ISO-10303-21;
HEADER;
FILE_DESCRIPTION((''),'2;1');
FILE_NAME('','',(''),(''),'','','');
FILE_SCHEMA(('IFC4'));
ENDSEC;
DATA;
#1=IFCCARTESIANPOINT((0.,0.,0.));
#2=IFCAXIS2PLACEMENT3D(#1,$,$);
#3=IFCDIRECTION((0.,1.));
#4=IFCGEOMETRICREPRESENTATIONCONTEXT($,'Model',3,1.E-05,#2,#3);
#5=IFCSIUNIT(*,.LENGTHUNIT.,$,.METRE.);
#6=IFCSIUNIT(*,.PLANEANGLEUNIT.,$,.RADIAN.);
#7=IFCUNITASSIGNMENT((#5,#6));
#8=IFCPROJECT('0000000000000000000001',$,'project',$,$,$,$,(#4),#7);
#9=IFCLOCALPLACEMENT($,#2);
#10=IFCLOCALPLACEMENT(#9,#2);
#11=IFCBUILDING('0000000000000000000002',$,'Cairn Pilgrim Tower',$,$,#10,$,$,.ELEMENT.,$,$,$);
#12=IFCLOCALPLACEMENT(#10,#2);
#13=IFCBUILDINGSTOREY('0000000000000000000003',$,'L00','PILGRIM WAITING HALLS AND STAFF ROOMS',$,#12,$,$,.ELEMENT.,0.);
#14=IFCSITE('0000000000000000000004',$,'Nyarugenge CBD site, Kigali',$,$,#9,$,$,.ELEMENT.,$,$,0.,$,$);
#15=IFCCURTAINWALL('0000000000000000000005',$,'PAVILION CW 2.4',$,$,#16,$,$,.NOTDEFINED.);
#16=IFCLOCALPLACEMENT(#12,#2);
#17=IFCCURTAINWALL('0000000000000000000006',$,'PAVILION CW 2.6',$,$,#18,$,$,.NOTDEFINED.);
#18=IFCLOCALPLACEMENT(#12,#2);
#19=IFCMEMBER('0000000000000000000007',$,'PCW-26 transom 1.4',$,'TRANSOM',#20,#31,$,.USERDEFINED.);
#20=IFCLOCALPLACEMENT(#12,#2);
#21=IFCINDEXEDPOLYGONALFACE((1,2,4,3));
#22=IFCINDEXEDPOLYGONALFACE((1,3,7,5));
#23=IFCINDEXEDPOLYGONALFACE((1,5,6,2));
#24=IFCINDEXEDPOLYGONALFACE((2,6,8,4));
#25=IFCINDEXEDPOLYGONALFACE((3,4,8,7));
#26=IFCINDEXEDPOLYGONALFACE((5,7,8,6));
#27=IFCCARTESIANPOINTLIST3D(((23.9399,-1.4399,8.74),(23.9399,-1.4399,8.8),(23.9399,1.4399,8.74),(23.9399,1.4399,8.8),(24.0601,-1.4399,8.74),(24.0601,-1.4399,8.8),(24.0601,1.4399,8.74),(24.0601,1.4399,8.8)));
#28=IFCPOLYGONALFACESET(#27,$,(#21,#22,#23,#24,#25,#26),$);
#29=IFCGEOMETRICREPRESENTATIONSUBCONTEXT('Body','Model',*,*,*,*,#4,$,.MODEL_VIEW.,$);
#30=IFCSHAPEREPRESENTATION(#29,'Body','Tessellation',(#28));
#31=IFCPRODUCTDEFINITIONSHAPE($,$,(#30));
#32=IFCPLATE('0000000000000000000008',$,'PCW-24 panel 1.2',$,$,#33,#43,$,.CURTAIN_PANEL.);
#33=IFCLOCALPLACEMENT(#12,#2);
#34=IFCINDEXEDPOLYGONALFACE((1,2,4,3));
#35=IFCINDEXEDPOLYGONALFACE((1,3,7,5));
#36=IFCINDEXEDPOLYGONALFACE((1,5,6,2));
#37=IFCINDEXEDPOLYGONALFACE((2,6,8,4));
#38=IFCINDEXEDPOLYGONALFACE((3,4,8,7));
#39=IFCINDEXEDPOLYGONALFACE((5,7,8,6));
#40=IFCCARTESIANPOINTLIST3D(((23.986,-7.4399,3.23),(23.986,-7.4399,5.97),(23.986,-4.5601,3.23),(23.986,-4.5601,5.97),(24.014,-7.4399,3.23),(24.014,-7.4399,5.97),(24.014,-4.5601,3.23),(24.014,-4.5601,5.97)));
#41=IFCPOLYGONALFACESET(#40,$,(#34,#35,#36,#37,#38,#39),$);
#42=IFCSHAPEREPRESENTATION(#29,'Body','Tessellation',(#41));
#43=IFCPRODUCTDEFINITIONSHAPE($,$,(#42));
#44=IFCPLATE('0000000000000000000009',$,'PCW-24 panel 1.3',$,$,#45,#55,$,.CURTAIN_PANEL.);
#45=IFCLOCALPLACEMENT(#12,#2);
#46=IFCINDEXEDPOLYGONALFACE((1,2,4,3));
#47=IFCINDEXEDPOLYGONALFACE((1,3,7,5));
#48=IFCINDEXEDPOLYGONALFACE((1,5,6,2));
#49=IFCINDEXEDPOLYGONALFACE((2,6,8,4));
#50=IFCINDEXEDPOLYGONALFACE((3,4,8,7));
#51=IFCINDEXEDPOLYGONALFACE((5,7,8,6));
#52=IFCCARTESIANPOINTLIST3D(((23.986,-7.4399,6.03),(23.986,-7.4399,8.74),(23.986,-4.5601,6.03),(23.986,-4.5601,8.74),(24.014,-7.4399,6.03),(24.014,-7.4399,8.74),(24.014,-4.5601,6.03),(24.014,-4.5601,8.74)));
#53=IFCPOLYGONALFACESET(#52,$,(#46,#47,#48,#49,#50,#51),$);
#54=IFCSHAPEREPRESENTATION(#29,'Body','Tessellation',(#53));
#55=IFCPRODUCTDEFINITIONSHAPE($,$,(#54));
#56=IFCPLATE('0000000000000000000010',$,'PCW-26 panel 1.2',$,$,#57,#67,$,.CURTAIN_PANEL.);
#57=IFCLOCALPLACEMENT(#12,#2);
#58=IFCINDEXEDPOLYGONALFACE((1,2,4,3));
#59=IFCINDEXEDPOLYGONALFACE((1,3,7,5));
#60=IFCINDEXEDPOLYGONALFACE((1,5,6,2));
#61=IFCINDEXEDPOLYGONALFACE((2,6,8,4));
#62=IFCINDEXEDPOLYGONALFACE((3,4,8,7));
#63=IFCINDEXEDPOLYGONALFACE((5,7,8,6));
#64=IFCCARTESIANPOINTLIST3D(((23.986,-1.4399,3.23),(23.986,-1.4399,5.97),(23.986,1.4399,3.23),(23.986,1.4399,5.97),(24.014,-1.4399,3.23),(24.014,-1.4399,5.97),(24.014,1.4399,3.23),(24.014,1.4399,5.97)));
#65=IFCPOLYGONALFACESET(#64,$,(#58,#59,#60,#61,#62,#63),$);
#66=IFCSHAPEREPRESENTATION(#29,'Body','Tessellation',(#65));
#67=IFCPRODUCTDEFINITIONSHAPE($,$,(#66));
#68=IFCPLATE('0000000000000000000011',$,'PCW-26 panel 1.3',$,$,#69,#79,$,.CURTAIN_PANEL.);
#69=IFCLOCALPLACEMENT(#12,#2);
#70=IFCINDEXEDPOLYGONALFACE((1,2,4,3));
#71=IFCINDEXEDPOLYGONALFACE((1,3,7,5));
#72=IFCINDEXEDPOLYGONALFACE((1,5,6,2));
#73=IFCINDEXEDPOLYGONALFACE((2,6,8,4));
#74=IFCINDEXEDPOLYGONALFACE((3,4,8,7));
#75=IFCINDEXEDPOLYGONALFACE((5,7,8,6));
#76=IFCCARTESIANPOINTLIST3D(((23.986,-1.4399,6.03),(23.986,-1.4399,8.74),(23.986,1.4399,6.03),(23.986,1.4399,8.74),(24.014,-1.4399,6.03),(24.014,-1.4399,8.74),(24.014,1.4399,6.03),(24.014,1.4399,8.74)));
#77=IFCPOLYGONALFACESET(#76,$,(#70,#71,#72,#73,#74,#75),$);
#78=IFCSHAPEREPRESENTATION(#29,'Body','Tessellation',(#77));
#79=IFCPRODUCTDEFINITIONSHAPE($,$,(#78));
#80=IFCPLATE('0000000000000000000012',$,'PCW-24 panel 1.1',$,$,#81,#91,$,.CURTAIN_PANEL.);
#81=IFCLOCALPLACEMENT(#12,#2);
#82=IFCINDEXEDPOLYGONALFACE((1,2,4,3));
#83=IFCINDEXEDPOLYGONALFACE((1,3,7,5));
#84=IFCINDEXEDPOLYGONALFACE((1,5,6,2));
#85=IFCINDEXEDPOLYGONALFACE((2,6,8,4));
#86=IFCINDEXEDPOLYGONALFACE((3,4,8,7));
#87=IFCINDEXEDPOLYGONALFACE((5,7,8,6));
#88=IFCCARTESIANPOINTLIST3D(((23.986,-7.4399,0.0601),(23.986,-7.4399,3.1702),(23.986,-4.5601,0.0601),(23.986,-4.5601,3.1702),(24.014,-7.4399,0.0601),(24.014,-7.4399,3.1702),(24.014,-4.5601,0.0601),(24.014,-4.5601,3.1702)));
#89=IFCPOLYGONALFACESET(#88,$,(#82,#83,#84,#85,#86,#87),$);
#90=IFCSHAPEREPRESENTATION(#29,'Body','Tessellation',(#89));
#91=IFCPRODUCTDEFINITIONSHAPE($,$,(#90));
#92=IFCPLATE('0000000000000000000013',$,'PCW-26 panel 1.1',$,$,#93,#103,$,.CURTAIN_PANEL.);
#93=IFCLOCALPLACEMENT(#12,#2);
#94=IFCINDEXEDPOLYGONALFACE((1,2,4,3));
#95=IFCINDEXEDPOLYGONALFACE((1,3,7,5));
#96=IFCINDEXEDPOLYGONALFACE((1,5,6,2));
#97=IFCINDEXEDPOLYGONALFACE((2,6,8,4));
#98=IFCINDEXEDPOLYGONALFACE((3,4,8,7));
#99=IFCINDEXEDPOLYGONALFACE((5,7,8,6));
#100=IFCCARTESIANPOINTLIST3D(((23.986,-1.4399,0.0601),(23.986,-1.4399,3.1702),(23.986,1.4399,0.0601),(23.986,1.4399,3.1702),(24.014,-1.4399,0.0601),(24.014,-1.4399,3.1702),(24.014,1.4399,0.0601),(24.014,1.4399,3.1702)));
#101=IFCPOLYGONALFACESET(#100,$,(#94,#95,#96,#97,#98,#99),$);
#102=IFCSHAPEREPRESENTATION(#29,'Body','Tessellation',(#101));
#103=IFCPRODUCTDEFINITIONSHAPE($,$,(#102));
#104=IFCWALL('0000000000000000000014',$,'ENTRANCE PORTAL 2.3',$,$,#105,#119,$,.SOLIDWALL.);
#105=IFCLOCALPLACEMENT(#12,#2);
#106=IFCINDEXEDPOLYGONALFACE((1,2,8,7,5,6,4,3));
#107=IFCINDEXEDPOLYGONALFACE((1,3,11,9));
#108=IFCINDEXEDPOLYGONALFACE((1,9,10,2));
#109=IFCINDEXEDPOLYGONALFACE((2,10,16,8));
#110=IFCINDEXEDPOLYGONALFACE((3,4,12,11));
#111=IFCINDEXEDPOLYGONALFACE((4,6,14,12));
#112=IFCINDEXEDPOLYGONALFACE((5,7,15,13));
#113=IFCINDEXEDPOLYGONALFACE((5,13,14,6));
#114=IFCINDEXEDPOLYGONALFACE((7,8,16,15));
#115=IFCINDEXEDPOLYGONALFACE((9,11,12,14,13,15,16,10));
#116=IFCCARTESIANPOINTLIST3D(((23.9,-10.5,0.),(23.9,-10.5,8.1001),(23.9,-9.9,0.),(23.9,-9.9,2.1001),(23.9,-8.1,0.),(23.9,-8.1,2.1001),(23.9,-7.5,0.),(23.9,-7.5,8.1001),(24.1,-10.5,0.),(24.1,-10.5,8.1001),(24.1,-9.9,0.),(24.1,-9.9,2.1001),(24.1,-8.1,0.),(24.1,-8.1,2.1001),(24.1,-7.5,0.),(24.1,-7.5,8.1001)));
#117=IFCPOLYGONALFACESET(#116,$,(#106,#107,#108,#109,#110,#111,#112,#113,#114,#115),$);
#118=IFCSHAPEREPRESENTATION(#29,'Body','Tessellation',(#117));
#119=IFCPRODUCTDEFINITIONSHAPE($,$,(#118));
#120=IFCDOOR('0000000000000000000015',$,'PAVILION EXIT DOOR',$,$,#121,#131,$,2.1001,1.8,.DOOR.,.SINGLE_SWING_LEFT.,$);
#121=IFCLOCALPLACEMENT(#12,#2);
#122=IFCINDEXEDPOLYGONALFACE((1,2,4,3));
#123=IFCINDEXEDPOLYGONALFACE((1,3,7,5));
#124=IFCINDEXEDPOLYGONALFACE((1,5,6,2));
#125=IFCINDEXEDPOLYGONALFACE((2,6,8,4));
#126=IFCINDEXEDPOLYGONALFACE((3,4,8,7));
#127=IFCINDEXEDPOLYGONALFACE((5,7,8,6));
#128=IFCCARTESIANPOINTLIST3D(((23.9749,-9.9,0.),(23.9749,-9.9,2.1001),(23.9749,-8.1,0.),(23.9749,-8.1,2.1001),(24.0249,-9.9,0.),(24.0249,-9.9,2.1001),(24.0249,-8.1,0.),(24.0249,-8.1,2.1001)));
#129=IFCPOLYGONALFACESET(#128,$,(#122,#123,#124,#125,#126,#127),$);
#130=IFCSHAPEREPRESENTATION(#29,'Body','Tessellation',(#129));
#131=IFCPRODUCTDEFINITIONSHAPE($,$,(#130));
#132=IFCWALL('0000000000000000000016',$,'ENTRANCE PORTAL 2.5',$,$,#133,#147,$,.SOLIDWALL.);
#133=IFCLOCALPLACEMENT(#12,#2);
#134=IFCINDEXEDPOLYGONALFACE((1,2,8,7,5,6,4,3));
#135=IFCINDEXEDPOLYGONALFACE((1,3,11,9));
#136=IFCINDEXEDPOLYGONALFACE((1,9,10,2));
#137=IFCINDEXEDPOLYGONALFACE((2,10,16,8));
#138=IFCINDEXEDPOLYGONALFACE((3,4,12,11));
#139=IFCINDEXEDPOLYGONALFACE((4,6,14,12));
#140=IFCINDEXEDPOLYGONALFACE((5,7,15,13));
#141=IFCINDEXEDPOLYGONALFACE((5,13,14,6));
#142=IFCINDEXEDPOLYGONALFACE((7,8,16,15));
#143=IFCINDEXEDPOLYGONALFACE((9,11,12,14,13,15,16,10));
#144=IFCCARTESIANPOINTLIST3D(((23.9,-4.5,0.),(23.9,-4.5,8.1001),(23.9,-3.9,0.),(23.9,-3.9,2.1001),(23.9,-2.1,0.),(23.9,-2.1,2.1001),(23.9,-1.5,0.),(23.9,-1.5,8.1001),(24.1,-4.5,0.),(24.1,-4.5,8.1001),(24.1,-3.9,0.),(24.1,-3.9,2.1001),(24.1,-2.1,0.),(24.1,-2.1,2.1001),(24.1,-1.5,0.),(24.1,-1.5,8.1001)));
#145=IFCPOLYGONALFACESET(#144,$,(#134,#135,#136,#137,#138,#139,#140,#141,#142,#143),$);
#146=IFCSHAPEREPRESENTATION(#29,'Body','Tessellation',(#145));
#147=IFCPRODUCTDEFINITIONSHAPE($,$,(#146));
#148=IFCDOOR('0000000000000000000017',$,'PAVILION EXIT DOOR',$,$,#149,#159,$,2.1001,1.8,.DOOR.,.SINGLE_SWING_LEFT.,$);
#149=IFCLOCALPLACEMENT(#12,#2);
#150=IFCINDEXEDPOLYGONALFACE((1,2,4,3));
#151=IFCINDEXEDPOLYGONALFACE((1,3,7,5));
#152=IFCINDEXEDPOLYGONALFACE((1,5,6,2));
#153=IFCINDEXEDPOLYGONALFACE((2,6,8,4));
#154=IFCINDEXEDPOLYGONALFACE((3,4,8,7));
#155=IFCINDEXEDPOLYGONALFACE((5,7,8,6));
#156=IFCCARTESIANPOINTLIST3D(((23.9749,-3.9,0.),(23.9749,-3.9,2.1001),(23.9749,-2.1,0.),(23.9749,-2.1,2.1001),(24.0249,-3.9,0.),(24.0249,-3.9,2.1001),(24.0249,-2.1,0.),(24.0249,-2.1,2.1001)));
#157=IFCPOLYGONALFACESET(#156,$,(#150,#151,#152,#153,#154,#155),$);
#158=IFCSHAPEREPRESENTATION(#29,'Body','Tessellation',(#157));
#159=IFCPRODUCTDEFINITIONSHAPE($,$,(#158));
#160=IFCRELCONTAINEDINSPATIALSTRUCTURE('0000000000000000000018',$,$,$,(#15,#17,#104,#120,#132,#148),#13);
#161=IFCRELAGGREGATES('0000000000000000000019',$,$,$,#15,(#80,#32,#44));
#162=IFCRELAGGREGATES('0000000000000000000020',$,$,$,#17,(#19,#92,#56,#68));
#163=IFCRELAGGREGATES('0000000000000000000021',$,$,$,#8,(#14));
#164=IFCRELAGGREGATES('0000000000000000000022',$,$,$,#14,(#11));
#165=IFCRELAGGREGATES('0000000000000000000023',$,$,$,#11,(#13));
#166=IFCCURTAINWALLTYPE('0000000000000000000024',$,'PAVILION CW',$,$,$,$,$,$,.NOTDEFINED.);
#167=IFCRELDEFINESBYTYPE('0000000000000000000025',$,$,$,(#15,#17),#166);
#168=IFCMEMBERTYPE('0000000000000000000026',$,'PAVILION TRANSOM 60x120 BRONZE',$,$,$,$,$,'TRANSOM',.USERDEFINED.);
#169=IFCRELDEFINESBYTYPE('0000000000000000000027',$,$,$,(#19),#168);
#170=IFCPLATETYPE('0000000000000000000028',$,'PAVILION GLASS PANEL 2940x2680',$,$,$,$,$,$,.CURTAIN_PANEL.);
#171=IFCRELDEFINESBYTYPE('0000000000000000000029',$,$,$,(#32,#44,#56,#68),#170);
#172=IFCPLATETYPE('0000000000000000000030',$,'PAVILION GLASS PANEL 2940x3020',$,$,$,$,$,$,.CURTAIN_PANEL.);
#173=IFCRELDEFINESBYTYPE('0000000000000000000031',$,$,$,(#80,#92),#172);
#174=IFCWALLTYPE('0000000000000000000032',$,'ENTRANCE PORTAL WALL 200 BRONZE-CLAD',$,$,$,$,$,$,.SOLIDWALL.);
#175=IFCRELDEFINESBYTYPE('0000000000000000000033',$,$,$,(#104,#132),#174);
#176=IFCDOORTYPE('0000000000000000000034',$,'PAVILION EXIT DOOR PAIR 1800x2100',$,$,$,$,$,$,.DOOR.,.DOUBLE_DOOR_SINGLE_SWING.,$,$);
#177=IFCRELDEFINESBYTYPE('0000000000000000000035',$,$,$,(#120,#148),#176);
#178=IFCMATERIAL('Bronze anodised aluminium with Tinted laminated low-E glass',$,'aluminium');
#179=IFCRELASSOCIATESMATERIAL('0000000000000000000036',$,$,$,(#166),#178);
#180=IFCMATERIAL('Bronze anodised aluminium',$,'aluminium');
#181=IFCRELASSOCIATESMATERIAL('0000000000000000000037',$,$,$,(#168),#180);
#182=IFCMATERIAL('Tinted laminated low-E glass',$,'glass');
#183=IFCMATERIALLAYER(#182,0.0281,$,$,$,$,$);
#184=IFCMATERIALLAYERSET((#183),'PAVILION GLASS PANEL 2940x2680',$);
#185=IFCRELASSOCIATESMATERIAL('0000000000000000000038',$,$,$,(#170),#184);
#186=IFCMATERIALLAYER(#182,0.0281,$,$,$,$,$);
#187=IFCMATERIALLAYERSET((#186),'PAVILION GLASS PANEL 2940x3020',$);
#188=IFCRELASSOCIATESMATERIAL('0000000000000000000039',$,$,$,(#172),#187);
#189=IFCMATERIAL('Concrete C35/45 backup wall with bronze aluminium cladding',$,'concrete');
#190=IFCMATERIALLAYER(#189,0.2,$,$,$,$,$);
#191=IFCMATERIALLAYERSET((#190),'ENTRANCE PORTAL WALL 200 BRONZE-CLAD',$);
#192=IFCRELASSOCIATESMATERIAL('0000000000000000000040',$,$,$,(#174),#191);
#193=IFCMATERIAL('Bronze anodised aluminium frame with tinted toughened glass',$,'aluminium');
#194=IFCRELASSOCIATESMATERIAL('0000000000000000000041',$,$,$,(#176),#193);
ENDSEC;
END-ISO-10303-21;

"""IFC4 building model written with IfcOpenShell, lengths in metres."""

from ifc_helpers import new_model, si_unit, direction, frame, frame_2d, origin, origin_2d, place, context, subcontext, project, spatial, rectangle, extrude, material, layer, layer_set, material_profile, profile_set, type_object, element, fill, aggregate, save


model = new_model("IFC4")

# Units and contexts
model_context = context("Model", 3, precision=1e-05, world=origin(), true_north=direction((0.0, 1.0)))
body_context = subcontext(model_context, "Body", "Model", "MODEL_VIEW")
ifc_project = project(units=[si_unit("LENGTHUNIT", "METRE"), si_unit("PLANEANGLEUNIT", "RADIAN")], contexts=[model_context])

# Site, building, storey
site_placement = place(None, origin())
site = spatial("IfcSite", under=ifc_project, at=site_placement, Name="Nyarugenge CBD site, Kigali", CompositionType="ELEMENT", RefElevation=0.0)
building_placement = place(site_placement, origin())
building = spatial("IfcBuilding", under=site, at=building_placement, Name="Cairn Pilgrim Tower", CompositionType="ELEMENT")
storey_placement = place(building_placement, origin())
storey = spatial("IfcBuildingStorey", under=building, at=storey_placement, Name="L00", Description="PILGRIM WAITING HALLS AND STAFF ROOMS", CompositionType="ELEMENT", Elevation=0.0)

# Shared definitions
ifc_material_1 = material(Name="Bronze anodised aluminium with Tinted laminated low-E glass", Category="aluminium")
curtain_wall_type = type_object("IfcCurtainWallType", Name="PAVILION CW", PredefinedType="NOTDEFINED", material=ifc_material_1)
ifc_material_2 = material(Name="Bronze anodised aluminium", Category="aluminium")

# Curtain wall
curtain_wall_1_placement = place(storey_placement, origin())
curtain_wall_1 = element("IfcCurtainWall", 1, at=curtain_wall_1_placement, inside=storey, type_object=curtain_wall_type, Name="PAVILION CW 2.4", PredefinedType="NOTDEFINED")

# Curtain wall
curtain_wall_2_placement = place(storey_placement, origin())
curtain_wall_2 = element("IfcCurtainWall", 2, at=curtain_wall_2_placement, inside=storey, type_object=curtain_wall_type, Name="PAVILION CW 2.6", PredefinedType="NOTDEFINED")

# Member
ifc_material_profile_1 = material_profile(ifc_material_2, rectangle(XDim=0.1201, YDim=0.0601, at=origin_2d()), Name="PAVILION TRANSOM 60x120 BRONZE")
ifc_profile_set_1 = profile_set([ifc_material_profile_1], Name="Bronze anodised aluminium")
member_type_1 = type_object("IfcMemberType", Name="PAVILION TRANSOM 60x120 BRONZE", ElementType="TRANSOM", PredefinedType="USERDEFINED", material=ifc_profile_set_1)
member_1_placement = place(storey_placement, frame((24.0, -1.4399, 8.77), z_axis=(0.0, 1.0, 0.0), x_axis=(-1.0, 0.0, 0.0)))
member_1 = element("IfcMember", 3, at=member_1_placement, type_object=member_type_1, Name="PCW-26 transom 1.4", ObjectType="TRANSOM", PredefinedType="USERDEFINED", context=body_context, shape_type="SweptSolid", body=[
    extrude(rectangle(XDim=0.1201, YDim=0.0601, at=origin_2d()), origin(), (0.0, 0.0, 1.0), 2.8799),
])

# Plates
ifc_material_3 = material(Name="Tinted laminated low-E glass", Category="glass")
ifc_layer_1 = layer(ifc_material_3, 0.0281)
ifc_layer_set_1 = layer_set([ifc_layer_1], Name="PAVILION GLASS PANEL 2940x2680")
plate_type_1 = type_object("IfcPlateType", Name="PAVILION GLASS PANEL 2940x2680", PredefinedType="CURTAIN_PANEL", material=ifc_layer_set_1)
plate_1_placement = place(storey_placement, frame((24.0, -6.0, 3.23), z_axis=(0.0, 0.0, 1.0), x_axis=(0.0, 1.0, 0.0)))
plate_1 = element("IfcPlate", 4, at=plate_1_placement, type_object=plate_type_1, Name="PCW-24 panel 1.2", PredefinedType="CURTAIN_PANEL", context=body_context, shape_type="SweptSolid", body=[
    extrude(rectangle(XDim=2.8799, YDim=0.0281, at=origin_2d()), origin(), (0.0, 0.0, 1.0), 2.74),
])
plate_2_placement = place(storey_placement, frame((24.0, -6.0, 6.03), z_axis=(0.0, 0.0, 1.0), x_axis=(0.0, 1.0, 0.0)))
plate_2 = element("IfcPlate", 5, at=plate_2_placement, type_object=plate_type_1, Name="PCW-24 panel 1.3", PredefinedType="CURTAIN_PANEL", context=body_context, shape_type="SweptSolid", body=[
    extrude(rectangle(XDim=2.8799, YDim=0.0281, at=origin_2d()), origin(), (0.0, 0.0, 1.0), 2.71),
])
plate_3_placement = place(storey_placement, frame((24.0, 0.0, 3.23), z_axis=(0.0, 0.0, 1.0), x_axis=(0.0, 1.0, 0.0)))
plate_3 = element("IfcPlate", 6, at=plate_3_placement, type_object=plate_type_1, Name="PCW-26 panel 1.2", PredefinedType="CURTAIN_PANEL", context=body_context, shape_type="SweptSolid", body=[
    extrude(rectangle(XDim=2.8799, YDim=0.0281, at=origin_2d()), origin(), (0.0, 0.0, 1.0), 2.74),
])
plate_4_placement = place(storey_placement, frame((24.0, 0.0, 6.03), z_axis=(0.0, 0.0, 1.0), x_axis=(0.0, 1.0, 0.0)))
plate_4 = element("IfcPlate", 7, at=plate_4_placement, type_object=plate_type_1, Name="PCW-26 panel 1.3", PredefinedType="CURTAIN_PANEL", context=body_context, shape_type="SweptSolid", body=[
    extrude(rectangle(XDim=2.8799, YDim=0.0281, at=origin_2d()), origin(), (0.0, 0.0, 1.0), 2.71),
])
ifc_layer_2 = layer(ifc_material_3, 0.0281)
ifc_layer_set_2 = layer_set([ifc_layer_2], Name="PAVILION GLASS PANEL 2940x3020")
plate_type_2 = type_object("IfcPlateType", Name="PAVILION GLASS PANEL 2940x3020", PredefinedType="CURTAIN_PANEL", material=ifc_layer_set_2)
plate_5_placement = place(storey_placement, frame((24.0, -6.0, 0.0601), z_axis=(0.0, 0.0, 1.0), x_axis=(0.0, 1.0, 0.0)))
plate_5 = element("IfcPlate", 8, at=plate_5_placement, type_object=plate_type_2, Name="PCW-24 panel 1.1", PredefinedType="CURTAIN_PANEL", context=body_context, shape_type="SweptSolid", body=[
    extrude(rectangle(XDim=2.8799, YDim=0.0281, at=origin_2d()), origin(), (0.0, 0.0, 1.0), 3.1101),
])
aggregate(curtain_wall_1, [plate_5, plate_1, plate_2])
plate_6_placement = place(storey_placement, frame((24.0, 0.0, 0.0601), z_axis=(0.0, 0.0, 1.0), x_axis=(0.0, 1.0, 0.0)))
plate_6 = element("IfcPlate", 9, at=plate_6_placement, type_object=plate_type_2, Name="PCW-26 panel 1.1", PredefinedType="CURTAIN_PANEL", context=body_context, shape_type="SweptSolid", body=[
    extrude(rectangle(XDim=2.8799, YDim=0.0281, at=origin_2d()), origin(), (0.0, 0.0, 1.0), 3.1101),
])
aggregate(curtain_wall_2, [member_1, plate_6, plate_3, plate_4])

# Walls, openings, doors
ifc_material_4 = material(Name="Concrete C35/45 backup wall with bronze aluminium cladding", Category="concrete")
ifc_layer_3 = layer(ifc_material_4, 0.2)
ifc_layer_set_3 = layer_set([ifc_layer_3], Name="ENTRANCE PORTAL WALL 200 BRONZE-CLAD")
wall_type_1 = type_object("IfcWallType", Name="ENTRANCE PORTAL WALL 200 BRONZE-CLAD", PredefinedType="SOLIDWALL", material=ifc_layer_set_3)
wall_1_placement = place(storey_placement, frame((24.0, -7.5, 0.0), z_axis=(0.0, 0.0, 1.0), x_axis=(0.0, -1.0, 0.0)))
wall_1 = element("IfcWall", 10, at=wall_1_placement, inside=storey, type_object=wall_type_1, Name="ENTRANCE PORTAL 2.3", PredefinedType="SOLIDWALL", context=body_context, shape_type="SweptSolid", body=[
    extrude(rectangle(XDim=3.0, YDim=0.2, at=frame_2d((1.5, 0.0))), origin(), (0.0, 0.0, 1.0), 8.1001),
])
opening_1_placement = place(wall_1_placement, frame((0.6001, 0.0, 0.0)))
opening_1 = element("IfcOpeningElement", 11, at=opening_1_placement, cuts=wall_1, PredefinedType="OPENING", context=body_context, shape_type="SweptSolid", body=[
    extrude(rectangle(XDim=1.8, YDim=2.1001, at=frame_2d((0.8999, 1.05))), frame((0.0, 0.1099, 0.0), z_axis=(0.0, -1.0, 0.0), x_axis=(1.0, 0.0, 0.0)), (0.0, 0.0, 1.0), 0.22),
])
ifc_material_5 = material(Name="Bronze anodised aluminium frame with tinted toughened glass", Category="aluminium")
door_type_1 = type_object("IfcDoorType", Name="PAVILION EXIT DOOR PAIR 1800x2100", OperationType="DOUBLE_DOOR_SINGLE_SWING", PredefinedType="DOOR", material=ifc_material_5)
door_1_placement = place(opening_1_placement, origin())
door_1 = element("IfcDoor", 12, at=door_1_placement, inside=storey, type_object=door_type_1, Name="PAVILION EXIT DOOR", OperationType="SINGLE_SWING_LEFT", OverallHeight=2.1001, OverallWidth=1.8, PredefinedType="DOOR", context=body_context, shape_type="SweptSolid", body=[
    extrude(rectangle(XDim=1.8, YDim=2.1001, at=frame_2d((0.8999, 1.05))), frame((0.0, 0.0249, 0.0), z_axis=(0.0, -1.0, 0.0), x_axis=(1.0, 0.0, 0.0)), (0.0, 0.0, 1.0), 0.05),
])
fill(opening_1, door_1)
wall_2_placement = place(storey_placement, frame((24.0, -1.5, 0.0), z_axis=(0.0, 0.0, 1.0), x_axis=(0.0, -1.0, 0.0)))
wall_2 = element("IfcWall", 13, at=wall_2_placement, inside=storey, type_object=wall_type_1, Name="ENTRANCE PORTAL 2.5", PredefinedType="SOLIDWALL", context=body_context, shape_type="SweptSolid", body=[
    extrude(rectangle(XDim=3.0, YDim=0.2, at=frame_2d((1.5, 0.0))), origin(), (0.0, 0.0, 1.0), 8.1001),
])
opening_2_placement = place(wall_2_placement, frame((0.6001, 0.0, 0.0)))
opening_2 = element("IfcOpeningElement", 14, at=opening_2_placement, cuts=wall_2, PredefinedType="OPENING", context=body_context, shape_type="SweptSolid", body=[
    extrude(rectangle(XDim=1.8, YDim=2.1001, at=frame_2d((0.8999, 1.05))), frame((0.0, 0.1099, 0.0), z_axis=(0.0, -1.0, 0.0), x_axis=(1.0, 0.0, 0.0)), (0.0, 0.0, 1.0), 0.22),
])
door_2_placement = place(opening_2_placement, origin())
door_2 = element("IfcDoor", 15, at=door_2_placement, inside=storey, type_object=door_type_1, Name="PAVILION EXIT DOOR", OperationType="SINGLE_SWING_LEFT", OverallHeight=2.1001, OverallWidth=1.8, PredefinedType="DOOR", context=body_context, shape_type="SweptSolid", body=[
    extrude(rectangle(XDim=1.8, YDim=2.1001, at=frame_2d((0.8999, 1.05))), frame((0.0, 0.0249, 0.0), z_axis=(0.0, -1.0, 0.0), x_axis=(1.0, 0.0, 0.0)), (0.0, 0.0, 1.0), 0.05),
])
fill(opening_2, door_2)

save(model, "model.ifc")
